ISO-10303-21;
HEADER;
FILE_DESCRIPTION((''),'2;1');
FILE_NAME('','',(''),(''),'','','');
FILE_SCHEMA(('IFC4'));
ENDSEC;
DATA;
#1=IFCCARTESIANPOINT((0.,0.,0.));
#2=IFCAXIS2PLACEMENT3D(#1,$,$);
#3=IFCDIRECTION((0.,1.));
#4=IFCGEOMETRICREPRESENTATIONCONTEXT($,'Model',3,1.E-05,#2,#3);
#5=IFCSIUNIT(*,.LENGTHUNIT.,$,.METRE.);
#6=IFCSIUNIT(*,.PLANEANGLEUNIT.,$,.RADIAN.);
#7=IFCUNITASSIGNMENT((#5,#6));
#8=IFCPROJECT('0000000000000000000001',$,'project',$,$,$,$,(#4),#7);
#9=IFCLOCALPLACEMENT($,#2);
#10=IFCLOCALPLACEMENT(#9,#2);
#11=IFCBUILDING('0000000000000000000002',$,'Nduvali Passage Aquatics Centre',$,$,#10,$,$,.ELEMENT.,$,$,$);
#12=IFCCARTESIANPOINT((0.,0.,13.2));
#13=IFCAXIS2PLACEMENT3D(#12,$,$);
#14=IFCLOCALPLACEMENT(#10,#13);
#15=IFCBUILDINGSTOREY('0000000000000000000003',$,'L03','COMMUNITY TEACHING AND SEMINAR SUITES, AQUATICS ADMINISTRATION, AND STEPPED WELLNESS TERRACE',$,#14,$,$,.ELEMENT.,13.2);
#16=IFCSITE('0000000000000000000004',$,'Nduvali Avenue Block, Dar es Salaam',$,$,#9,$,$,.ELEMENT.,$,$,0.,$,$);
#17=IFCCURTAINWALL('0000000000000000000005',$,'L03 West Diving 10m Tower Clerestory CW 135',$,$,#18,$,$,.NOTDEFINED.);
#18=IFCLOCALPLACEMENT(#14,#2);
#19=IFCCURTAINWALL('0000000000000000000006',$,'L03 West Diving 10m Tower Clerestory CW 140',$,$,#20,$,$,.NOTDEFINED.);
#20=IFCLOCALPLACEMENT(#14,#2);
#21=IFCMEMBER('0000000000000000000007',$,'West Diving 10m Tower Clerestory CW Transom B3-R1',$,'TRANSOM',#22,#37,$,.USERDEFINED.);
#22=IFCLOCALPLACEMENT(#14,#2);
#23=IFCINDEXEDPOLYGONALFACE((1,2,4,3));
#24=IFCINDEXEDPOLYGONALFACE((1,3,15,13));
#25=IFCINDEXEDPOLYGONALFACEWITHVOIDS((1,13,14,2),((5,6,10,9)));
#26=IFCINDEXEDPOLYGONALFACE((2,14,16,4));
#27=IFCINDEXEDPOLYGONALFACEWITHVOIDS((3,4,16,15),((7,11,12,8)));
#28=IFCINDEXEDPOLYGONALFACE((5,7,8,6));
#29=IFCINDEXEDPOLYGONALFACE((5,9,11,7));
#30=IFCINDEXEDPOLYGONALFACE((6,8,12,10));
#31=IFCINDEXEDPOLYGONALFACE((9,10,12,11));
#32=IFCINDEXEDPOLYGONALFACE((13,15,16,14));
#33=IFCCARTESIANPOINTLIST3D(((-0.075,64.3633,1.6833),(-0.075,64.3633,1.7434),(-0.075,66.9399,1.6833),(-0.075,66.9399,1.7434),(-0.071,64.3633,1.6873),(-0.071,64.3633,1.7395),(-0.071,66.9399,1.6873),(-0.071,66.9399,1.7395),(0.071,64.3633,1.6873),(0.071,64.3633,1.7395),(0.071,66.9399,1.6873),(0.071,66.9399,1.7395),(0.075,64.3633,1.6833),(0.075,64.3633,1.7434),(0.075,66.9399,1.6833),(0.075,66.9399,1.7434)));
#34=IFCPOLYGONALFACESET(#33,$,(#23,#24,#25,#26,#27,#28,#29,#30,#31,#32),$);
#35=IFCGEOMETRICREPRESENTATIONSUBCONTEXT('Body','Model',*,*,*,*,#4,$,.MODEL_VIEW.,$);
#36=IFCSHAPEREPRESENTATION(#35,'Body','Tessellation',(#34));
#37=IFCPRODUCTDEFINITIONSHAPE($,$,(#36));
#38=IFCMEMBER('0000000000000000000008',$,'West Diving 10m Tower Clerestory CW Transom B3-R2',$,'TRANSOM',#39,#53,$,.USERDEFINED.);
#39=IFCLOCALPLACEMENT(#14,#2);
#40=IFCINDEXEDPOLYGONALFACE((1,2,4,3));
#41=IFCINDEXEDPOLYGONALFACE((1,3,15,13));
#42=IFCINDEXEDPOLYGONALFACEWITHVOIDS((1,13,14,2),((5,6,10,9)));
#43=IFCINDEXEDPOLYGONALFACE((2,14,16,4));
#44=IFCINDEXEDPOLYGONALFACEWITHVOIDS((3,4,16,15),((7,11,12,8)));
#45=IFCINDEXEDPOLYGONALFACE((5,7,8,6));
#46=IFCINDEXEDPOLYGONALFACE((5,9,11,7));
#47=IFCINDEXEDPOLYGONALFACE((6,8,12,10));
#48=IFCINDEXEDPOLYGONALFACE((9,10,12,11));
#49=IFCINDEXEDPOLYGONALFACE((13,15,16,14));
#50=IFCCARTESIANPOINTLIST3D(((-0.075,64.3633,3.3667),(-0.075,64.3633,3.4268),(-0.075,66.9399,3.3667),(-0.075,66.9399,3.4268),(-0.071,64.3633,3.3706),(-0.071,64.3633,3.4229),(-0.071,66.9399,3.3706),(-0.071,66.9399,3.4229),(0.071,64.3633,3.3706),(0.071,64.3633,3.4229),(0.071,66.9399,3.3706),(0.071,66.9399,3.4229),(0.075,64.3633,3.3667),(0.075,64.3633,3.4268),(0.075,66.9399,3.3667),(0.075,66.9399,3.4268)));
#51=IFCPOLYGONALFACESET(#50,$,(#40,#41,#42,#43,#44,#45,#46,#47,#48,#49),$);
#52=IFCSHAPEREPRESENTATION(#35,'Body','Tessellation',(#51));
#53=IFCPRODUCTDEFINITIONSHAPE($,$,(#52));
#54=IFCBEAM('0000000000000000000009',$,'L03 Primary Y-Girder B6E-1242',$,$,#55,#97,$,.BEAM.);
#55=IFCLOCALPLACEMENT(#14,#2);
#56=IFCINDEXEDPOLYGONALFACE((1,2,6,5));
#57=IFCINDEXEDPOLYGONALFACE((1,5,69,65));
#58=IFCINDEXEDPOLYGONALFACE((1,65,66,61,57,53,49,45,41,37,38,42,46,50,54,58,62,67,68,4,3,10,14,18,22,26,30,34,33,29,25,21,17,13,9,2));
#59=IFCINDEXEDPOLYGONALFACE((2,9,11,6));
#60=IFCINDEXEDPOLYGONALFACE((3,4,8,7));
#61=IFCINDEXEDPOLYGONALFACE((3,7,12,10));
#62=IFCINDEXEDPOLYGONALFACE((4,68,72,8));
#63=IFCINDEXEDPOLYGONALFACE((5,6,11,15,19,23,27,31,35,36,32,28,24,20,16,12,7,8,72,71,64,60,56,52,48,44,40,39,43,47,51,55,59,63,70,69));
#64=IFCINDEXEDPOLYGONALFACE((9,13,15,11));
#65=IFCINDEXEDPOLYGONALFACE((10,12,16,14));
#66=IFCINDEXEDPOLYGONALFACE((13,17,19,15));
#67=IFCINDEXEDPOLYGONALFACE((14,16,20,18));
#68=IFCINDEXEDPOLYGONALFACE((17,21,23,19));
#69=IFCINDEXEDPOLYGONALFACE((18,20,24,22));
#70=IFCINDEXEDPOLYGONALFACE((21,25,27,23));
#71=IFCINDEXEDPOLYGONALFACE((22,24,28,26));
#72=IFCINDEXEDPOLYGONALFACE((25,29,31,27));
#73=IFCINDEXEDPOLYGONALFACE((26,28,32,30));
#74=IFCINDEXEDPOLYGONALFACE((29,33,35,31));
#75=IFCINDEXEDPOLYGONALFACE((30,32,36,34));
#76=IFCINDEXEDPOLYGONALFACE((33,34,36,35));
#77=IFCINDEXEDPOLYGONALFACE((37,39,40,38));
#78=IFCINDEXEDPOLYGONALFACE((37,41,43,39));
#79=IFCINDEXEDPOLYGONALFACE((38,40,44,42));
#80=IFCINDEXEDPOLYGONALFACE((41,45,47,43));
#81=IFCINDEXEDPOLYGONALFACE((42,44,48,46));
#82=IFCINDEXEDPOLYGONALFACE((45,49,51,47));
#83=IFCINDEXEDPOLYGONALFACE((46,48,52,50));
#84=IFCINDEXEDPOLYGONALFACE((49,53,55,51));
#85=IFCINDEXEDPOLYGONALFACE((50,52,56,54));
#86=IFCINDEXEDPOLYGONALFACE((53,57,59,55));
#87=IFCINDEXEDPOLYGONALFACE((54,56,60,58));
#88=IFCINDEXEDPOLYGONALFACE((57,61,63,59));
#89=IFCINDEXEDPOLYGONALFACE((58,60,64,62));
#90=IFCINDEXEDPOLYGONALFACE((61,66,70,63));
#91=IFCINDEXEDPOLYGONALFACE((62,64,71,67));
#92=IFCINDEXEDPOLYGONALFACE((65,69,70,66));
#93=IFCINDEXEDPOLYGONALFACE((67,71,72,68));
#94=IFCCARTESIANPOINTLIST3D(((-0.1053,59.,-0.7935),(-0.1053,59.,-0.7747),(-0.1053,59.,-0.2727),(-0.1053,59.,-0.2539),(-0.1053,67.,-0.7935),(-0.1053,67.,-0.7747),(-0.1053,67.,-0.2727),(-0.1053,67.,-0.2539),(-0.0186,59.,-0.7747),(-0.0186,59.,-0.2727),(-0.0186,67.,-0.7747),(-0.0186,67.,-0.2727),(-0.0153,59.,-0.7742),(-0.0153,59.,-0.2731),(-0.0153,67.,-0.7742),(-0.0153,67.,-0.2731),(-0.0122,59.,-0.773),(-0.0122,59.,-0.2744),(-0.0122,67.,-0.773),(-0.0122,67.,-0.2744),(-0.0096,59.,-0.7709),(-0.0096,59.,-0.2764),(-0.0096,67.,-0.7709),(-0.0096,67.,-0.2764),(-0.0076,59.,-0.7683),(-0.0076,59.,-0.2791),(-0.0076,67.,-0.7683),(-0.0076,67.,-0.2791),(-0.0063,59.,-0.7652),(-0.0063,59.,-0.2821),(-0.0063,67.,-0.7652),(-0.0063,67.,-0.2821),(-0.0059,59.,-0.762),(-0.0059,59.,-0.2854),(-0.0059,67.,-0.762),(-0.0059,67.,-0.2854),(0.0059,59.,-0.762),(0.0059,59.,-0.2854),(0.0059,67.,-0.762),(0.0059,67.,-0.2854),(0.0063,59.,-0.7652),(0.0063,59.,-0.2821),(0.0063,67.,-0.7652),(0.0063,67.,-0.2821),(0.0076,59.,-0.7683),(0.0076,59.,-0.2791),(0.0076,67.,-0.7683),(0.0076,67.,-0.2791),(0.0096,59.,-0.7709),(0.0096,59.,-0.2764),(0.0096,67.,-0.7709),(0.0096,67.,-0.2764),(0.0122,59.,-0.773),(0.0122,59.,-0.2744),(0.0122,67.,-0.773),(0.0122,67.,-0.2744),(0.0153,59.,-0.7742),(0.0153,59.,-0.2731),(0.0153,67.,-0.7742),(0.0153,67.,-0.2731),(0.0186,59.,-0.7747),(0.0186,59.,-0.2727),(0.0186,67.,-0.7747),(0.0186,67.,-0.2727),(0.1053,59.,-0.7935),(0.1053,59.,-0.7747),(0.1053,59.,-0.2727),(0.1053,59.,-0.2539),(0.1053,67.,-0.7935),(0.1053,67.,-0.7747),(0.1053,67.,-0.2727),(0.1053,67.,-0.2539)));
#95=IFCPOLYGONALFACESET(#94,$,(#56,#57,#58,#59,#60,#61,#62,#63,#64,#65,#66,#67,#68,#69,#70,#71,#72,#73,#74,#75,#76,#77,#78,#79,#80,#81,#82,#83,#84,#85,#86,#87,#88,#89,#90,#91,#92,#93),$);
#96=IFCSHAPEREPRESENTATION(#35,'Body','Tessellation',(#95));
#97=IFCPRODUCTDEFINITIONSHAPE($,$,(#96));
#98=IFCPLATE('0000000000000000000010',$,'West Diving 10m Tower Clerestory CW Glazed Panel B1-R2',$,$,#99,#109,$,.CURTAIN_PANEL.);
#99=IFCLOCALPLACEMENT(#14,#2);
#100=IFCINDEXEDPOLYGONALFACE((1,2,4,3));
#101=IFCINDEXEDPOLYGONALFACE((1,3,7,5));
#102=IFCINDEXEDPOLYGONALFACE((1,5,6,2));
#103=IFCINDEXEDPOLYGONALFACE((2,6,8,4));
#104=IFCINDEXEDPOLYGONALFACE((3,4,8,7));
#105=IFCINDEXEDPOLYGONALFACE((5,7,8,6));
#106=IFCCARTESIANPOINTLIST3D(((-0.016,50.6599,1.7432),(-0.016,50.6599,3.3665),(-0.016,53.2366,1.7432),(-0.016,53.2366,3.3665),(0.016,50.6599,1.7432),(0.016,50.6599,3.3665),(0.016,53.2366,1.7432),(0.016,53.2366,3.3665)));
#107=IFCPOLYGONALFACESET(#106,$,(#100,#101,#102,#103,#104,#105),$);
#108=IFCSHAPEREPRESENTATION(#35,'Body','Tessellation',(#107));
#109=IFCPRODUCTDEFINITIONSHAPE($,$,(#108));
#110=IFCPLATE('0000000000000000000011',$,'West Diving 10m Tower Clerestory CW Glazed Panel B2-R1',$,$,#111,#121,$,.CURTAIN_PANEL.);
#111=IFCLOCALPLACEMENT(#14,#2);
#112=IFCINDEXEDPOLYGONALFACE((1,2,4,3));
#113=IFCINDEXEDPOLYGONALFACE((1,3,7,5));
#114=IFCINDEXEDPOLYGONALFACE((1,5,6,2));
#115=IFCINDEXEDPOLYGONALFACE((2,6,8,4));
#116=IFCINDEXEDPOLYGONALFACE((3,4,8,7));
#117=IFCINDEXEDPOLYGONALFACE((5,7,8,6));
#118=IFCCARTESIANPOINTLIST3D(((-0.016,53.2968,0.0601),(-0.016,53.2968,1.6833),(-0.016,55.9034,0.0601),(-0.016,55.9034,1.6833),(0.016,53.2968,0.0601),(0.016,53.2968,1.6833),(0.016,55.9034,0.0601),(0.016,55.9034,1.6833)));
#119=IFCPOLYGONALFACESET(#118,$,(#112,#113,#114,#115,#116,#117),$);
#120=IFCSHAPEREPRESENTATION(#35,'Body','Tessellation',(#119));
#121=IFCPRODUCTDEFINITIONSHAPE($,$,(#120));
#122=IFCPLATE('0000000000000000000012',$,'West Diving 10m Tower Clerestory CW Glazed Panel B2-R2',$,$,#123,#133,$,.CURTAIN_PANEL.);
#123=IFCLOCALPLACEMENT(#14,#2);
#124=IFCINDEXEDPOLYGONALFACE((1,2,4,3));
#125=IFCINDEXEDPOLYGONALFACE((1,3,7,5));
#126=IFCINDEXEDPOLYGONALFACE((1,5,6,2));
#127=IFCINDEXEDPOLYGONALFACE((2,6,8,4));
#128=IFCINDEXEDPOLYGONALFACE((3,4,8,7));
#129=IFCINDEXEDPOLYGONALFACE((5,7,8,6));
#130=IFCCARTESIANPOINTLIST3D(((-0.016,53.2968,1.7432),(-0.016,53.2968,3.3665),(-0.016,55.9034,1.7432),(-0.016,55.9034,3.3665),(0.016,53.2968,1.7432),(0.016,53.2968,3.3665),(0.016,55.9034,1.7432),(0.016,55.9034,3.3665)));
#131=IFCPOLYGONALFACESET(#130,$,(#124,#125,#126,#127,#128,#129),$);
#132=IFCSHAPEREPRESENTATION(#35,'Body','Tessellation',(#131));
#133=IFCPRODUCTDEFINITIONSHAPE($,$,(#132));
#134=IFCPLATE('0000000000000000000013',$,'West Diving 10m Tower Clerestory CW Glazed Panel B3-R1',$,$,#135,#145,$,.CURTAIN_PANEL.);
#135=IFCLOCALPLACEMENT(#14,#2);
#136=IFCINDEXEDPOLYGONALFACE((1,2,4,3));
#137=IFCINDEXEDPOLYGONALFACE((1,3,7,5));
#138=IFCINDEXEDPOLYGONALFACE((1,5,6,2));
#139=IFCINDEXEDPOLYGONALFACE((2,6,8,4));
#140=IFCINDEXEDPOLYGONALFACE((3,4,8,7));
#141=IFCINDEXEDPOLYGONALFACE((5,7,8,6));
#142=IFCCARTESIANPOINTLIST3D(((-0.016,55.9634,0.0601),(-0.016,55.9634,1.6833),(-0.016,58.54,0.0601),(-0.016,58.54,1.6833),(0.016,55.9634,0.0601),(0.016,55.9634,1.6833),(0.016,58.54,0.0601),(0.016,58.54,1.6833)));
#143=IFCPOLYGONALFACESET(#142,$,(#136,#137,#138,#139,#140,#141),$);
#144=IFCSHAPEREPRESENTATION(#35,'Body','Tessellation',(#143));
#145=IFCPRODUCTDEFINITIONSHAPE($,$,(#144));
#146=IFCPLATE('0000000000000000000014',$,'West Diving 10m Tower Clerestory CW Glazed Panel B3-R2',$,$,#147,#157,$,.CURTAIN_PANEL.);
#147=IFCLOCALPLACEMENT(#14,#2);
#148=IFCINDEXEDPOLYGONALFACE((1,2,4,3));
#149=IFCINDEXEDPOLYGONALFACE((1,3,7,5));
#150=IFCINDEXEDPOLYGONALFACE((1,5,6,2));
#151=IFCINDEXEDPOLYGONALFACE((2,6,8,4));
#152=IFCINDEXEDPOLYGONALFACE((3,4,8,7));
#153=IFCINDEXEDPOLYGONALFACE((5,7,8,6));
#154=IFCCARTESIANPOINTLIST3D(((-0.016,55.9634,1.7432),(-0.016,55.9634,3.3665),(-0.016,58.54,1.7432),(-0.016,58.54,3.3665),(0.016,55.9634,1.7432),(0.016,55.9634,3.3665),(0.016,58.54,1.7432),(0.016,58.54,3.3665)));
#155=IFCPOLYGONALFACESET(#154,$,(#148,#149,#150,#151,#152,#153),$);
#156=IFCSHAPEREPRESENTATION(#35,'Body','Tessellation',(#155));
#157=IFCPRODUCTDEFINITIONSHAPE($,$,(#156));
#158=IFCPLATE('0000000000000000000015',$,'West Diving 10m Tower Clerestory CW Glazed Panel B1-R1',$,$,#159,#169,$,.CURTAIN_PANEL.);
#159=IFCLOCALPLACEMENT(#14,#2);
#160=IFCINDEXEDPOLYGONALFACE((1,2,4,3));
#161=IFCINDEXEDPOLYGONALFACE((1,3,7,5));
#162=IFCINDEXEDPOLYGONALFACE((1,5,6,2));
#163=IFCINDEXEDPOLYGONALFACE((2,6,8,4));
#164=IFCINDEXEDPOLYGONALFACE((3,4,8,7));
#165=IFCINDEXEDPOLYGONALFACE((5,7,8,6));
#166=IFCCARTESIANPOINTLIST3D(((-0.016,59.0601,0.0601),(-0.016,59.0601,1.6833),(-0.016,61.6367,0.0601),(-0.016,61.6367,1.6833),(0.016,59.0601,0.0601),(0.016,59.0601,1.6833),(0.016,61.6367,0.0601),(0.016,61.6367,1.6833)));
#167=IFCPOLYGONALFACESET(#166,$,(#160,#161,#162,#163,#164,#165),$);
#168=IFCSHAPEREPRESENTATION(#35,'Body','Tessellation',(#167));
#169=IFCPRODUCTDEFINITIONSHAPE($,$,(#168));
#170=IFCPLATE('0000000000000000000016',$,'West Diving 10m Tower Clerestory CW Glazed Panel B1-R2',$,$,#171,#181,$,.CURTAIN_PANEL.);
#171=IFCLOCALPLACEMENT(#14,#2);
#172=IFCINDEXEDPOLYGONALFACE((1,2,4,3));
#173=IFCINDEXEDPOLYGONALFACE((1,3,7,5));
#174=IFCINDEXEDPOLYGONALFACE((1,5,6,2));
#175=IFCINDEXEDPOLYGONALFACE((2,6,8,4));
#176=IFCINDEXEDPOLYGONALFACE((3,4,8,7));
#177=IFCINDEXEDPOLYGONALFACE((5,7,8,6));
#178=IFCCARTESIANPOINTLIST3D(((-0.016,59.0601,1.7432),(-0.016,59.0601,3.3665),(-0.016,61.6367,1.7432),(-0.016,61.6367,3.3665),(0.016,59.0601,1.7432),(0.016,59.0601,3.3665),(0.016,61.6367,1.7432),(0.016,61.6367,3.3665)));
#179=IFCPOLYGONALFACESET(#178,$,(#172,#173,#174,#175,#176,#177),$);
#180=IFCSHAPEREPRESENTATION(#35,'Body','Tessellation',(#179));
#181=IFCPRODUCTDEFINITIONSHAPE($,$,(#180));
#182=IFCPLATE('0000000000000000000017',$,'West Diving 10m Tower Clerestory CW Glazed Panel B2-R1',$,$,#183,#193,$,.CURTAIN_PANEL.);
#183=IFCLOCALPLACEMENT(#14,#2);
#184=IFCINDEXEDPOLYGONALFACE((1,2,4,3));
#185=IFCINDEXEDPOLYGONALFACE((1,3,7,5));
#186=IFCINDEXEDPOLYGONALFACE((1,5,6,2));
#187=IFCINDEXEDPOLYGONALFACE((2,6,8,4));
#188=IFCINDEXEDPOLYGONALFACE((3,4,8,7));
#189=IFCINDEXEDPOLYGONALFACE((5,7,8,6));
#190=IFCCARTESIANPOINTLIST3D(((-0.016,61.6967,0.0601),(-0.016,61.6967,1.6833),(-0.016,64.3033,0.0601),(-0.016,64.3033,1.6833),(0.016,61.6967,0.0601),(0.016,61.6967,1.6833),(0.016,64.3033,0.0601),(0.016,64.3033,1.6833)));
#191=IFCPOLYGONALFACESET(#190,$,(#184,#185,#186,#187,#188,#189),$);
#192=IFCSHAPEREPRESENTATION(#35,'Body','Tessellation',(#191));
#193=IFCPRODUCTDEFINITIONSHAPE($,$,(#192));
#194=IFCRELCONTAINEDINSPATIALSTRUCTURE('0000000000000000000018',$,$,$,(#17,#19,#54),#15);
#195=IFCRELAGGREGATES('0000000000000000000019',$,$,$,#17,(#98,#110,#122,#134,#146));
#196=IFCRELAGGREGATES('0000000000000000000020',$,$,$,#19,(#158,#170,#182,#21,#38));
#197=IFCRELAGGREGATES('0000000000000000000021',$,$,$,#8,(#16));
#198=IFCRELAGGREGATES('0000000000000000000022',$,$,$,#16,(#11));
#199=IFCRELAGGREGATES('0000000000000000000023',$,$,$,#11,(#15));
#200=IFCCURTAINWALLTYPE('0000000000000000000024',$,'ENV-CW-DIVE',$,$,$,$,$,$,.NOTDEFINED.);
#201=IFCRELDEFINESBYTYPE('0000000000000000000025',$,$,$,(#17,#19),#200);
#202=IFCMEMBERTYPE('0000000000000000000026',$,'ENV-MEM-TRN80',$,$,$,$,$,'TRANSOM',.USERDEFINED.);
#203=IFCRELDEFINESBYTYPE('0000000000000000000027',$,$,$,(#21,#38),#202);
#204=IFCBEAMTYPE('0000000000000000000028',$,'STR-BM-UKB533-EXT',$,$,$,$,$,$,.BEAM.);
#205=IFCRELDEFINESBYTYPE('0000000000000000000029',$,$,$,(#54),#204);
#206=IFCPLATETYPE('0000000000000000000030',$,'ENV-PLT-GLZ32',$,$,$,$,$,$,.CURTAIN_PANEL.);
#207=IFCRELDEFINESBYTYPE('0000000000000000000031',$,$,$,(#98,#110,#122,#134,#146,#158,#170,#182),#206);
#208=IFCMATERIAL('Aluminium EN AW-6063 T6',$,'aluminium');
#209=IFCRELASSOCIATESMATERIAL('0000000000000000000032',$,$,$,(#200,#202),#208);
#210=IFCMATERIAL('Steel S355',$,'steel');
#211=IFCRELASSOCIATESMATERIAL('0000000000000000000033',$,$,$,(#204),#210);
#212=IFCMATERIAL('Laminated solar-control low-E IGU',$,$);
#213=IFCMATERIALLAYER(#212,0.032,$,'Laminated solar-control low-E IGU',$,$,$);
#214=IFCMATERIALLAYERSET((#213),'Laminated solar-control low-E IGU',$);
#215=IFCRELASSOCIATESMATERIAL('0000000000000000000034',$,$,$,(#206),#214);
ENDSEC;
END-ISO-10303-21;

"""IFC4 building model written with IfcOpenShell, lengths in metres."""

from ifc_helpers import new_model, si_unit, direction, frame, origin, origin_2d, place, context, subcontext, project, spatial, rectangle, hollow_rectangle, i_section, extrude, material, layer, layer_set, material_profile, profile_set, type_object, element, aggregate, save


model = new_model("IFC4")

# Units and contexts
model_context = context("Model", 3, precision=1e-05, world=origin(), true_north=direction((0.0, 1.0)))
body_context = subcontext(model_context, "Body", "Model", "MODEL_VIEW")
ifc_project = project(units=[si_unit("LENGTHUNIT", "METRE"), si_unit("PLANEANGLEUNIT", "RADIAN")], contexts=[model_context])

# Site, building, storey
site_placement = place(None, origin())
site = spatial("IfcSite", under=ifc_project, at=site_placement, Name="Nduvali Avenue Block, Dar es Salaam", CompositionType="ELEMENT", RefElevation=0.0)
building_placement = place(site_placement, origin())
building = spatial("IfcBuilding", under=site, at=building_placement, Name="Nduvali Passage Aquatics Centre", CompositionType="ELEMENT")
storey_placement = place(building_placement, frame((0.0, 0.0, 13.2)))
storey = spatial("IfcBuildingStorey", under=building, at=storey_placement, Name="L03", Description="COMMUNITY TEACHING AND SEMINAR SUITES, AQUATICS ADMINISTRATION, AND STEPPED WELLNESS TERRACE", CompositionType="ELEMENT", Elevation=13.2)

# Shared definitions
ifc_material_1 = material(Name="Steel S355", Category="steel")

# Curtain walls
ifc_material_2 = material(Name="Aluminium EN AW-6063 T6", Category="aluminium")
curtain_wall_type = type_object("IfcCurtainWallType", Name="ENV-CW-DIVE", PredefinedType="NOTDEFINED", material=ifc_material_2)
curtain_wall_1_placement = place(storey_placement, origin())
curtain_wall_1 = element("IfcCurtainWall", 1, at=curtain_wall_1_placement, inside=storey, type_object=curtain_wall_type, Name="L03 West Diving 10m Tower Clerestory CW 135", PredefinedType="NOTDEFINED")
curtain_wall_2_placement = place(storey_placement, origin())
curtain_wall_2 = element("IfcCurtainWall", 2, at=curtain_wall_2_placement, inside=storey, type_object=curtain_wall_type, Name="L03 West Diving 10m Tower Clerestory CW 140", PredefinedType="NOTDEFINED")

# Members
ifc_material_profile_1 = material_profile(ifc_material_2, hollow_rectangle(XDim=0.1499, YDim=0.0601, WallThickness=0.0039, at=origin_2d()), Name="ALU TRANSOM 150x60x4")
ifc_profile_set_1 = profile_set([ifc_material_profile_1], Name="Aluminium EN AW-6063 T6")
member_type_1 = type_object("IfcMemberType", Name="ENV-MEM-TRN80", ElementType="TRANSOM", PredefinedType="USERDEFINED", material=ifc_profile_set_1)
member_1_placement = place(storey_placement, frame((0.0, 64.3633, 1.7134), z_axis=(0.0, 1.0, 0.0), x_axis=(-1.0, 0.0, 0.0)))
member_1 = element("IfcMember", 3, at=member_1_placement, type_object=member_type_1, Name="West Diving 10m Tower Clerestory CW Transom B3-R1", ObjectType="TRANSOM", PredefinedType="USERDEFINED", context=body_context, shape_type="SweptSolid", body=[
    extrude(hollow_rectangle(XDim=0.1499, YDim=0.0601, WallThickness=0.0039, at=origin_2d()), origin(), (0.0, 0.0, 1.0), 2.5767),
])
member_2_placement = place(storey_placement, frame((0.0, 64.3633, 3.3967), z_axis=(0.0, 1.0, 0.0), x_axis=(-1.0, 0.0, 0.0)))
member_2 = element("IfcMember", 4, at=member_2_placement, type_object=member_type_1, Name="West Diving 10m Tower Clerestory CW Transom B3-R2", ObjectType="TRANSOM", PredefinedType="USERDEFINED", context=body_context, shape_type="SweptSolid", body=[
    extrude(hollow_rectangle(XDim=0.1499, YDim=0.0601, WallThickness=0.0039, at=origin_2d()), origin(), (0.0, 0.0, 1.0), 2.5767),
])

# Beam
ifc_material_profile_2 = material_profile(ifc_material_1, i_section(OverallWidth=0.2107, OverallDepth=0.5396, WebThickness=0.0117, FlangeThickness=0.0188, FilletRadius=0.0127, at=origin_2d()), Name="UKB 533x210x109")
ifc_profile_set_2 = profile_set([ifc_material_profile_2], Name="Steel S355")
beam_type = type_object("IfcBeamType", Name="STR-BM-UKB533-EXT", PredefinedType="BEAM", material=ifc_profile_set_2)
beam_placement = place(storey_placement, frame((0.0, 59.0, -0.5237), z_axis=(0.0, 1.0, 0.0), x_axis=(-1.0, 0.0, 0.0)))
element("IfcBeam", 5, at=beam_placement, inside=storey, type_object=beam_type, Name="L03 Primary Y-Girder B6E-1242", PredefinedType="BEAM", context=body_context, shape_type="SweptSolid", body=[
    extrude(i_section(OverallWidth=0.2107, OverallDepth=0.5396, WebThickness=0.0117, FlangeThickness=0.0188, FilletRadius=0.0127, at=origin_2d()), origin(), (0.0, 0.0, 1.0), 8.0),
])

# Plates
ifc_material_3 = material(Name="Laminated solar-control low-E IGU")
ifc_layer = layer(ifc_material_3, 0.032, Name="Laminated solar-control low-E IGU")
ifc_layer_set = layer_set([ifc_layer], Name="Laminated solar-control low-E IGU")
plate_type = type_object("IfcPlateType", Name="ENV-PLT-GLZ32", PredefinedType="CURTAIN_PANEL", material=ifc_layer_set)
plate_1_placement = place(storey_placement, frame((0.0, 51.9482, 1.7432), z_axis=(0.0, 0.0, 1.0), x_axis=(0.0, 1.0, 0.0)))
plate_1 = element("IfcPlate", 6, at=plate_1_placement, type_object=plate_type, Name="West Diving 10m Tower Clerestory CW Glazed Panel B1-R2", PredefinedType="CURTAIN_PANEL", context=body_context, shape_type="SweptSolid", body=[
    extrude(rectangle(XDim=2.5767, YDim=0.032, at=origin_2d()), origin(), (0.0, 0.0, 1.0), 1.6233),
])
plate_2_placement = place(storey_placement, frame((0.0, 54.6001, 0.0601), z_axis=(0.0, 0.0, 1.0), x_axis=(0.0, 1.0, 0.0)))
plate_2 = element("IfcPlate", 7, at=plate_2_placement, type_object=plate_type, Name="West Diving 10m Tower Clerestory CW Glazed Panel B2-R1", PredefinedType="CURTAIN_PANEL", context=body_context, shape_type="SweptSolid", body=[
    extrude(rectangle(XDim=2.6067, YDim=0.032, at=origin_2d()), origin(), (0.0, 0.0, 1.0), 1.6233),
])
plate_3_placement = place(storey_placement, frame((0.0, 54.6001, 1.7432), z_axis=(0.0, 0.0, 1.0), x_axis=(0.0, 1.0, 0.0)))
plate_3 = element("IfcPlate", 8, at=plate_3_placement, type_object=plate_type, Name="West Diving 10m Tower Clerestory CW Glazed Panel B2-R2", PredefinedType="CURTAIN_PANEL", context=body_context, shape_type="SweptSolid", body=[
    extrude(rectangle(XDim=2.6067, YDim=0.032, at=origin_2d()), origin(), (0.0, 0.0, 1.0), 1.6233),
])
plate_4_placement = place(storey_placement, frame((0.0, 57.2517, 0.0601), z_axis=(0.0, 0.0, 1.0), x_axis=(0.0, 1.0, 0.0)))
plate_4 = element("IfcPlate", 9, at=plate_4_placement, type_object=plate_type, Name="West Diving 10m Tower Clerestory CW Glazed Panel B3-R1", PredefinedType="CURTAIN_PANEL", context=body_context, shape_type="SweptSolid", body=[
    extrude(rectangle(XDim=2.5767, YDim=0.032, at=origin_2d()), origin(), (0.0, 0.0, 1.0), 1.6233),
])
plate_5_placement = place(storey_placement, frame((0.0, 57.2517, 1.7432), z_axis=(0.0, 0.0, 1.0), x_axis=(0.0, 1.0, 0.0)))
plate_5 = element("IfcPlate", 10, at=plate_5_placement, type_object=plate_type, Name="West Diving 10m Tower Clerestory CW Glazed Panel B3-R2", PredefinedType="CURTAIN_PANEL", context=body_context, shape_type="SweptSolid", body=[
    extrude(rectangle(XDim=2.5767, YDim=0.032, at=origin_2d()), origin(), (0.0, 0.0, 1.0), 1.6233),
])
aggregate(curtain_wall_1, [plate_1, plate_2, plate_3, plate_4, plate_5])
plate_6_placement = place(storey_placement, frame((0.0, 60.3484, 0.0601), z_axis=(0.0, 0.0, 1.0), x_axis=(0.0, 1.0, 0.0)))
plate_6 = element("IfcPlate", 11, at=plate_6_placement, type_object=plate_type, Name="West Diving 10m Tower Clerestory CW Glazed Panel B1-R1", PredefinedType="CURTAIN_PANEL", context=body_context, shape_type="SweptSolid", body=[
    extrude(rectangle(XDim=2.5767, YDim=0.032, at=origin_2d()), origin(), (0.0, 0.0, 1.0), 1.6233),
])
plate_7_placement = place(storey_placement, frame((0.0, 60.3484, 1.7432), z_axis=(0.0, 0.0, 1.0), x_axis=(0.0, 1.0, 0.0)))
plate_7 = element("IfcPlate", 12, at=plate_7_placement, type_object=plate_type, Name="West Diving 10m Tower Clerestory CW Glazed Panel B1-R2", PredefinedType="CURTAIN_PANEL", context=body_context, shape_type="SweptSolid", body=[
    extrude(rectangle(XDim=2.5767, YDim=0.032, at=origin_2d()), origin(), (0.0, 0.0, 1.0), 1.6233),
])
plate_8_placement = place(storey_placement, frame((0.0, 63.0, 0.0601), z_axis=(0.0, 0.0, 1.0), x_axis=(0.0, 1.0, 0.0)))
plate_8 = element("IfcPlate", 13, at=plate_8_placement, type_object=plate_type, Name="West Diving 10m Tower Clerestory CW Glazed Panel B2-R1", PredefinedType="CURTAIN_PANEL", context=body_context, shape_type="SweptSolid", body=[
    extrude(rectangle(XDim=2.6067, YDim=0.032, at=origin_2d()), origin(), (0.0, 0.0, 1.0), 1.6233),
])
aggregate(curtain_wall_2, [plate_6, plate_7, plate_8, member_1, member_2])

save(model, "model.ifc")
